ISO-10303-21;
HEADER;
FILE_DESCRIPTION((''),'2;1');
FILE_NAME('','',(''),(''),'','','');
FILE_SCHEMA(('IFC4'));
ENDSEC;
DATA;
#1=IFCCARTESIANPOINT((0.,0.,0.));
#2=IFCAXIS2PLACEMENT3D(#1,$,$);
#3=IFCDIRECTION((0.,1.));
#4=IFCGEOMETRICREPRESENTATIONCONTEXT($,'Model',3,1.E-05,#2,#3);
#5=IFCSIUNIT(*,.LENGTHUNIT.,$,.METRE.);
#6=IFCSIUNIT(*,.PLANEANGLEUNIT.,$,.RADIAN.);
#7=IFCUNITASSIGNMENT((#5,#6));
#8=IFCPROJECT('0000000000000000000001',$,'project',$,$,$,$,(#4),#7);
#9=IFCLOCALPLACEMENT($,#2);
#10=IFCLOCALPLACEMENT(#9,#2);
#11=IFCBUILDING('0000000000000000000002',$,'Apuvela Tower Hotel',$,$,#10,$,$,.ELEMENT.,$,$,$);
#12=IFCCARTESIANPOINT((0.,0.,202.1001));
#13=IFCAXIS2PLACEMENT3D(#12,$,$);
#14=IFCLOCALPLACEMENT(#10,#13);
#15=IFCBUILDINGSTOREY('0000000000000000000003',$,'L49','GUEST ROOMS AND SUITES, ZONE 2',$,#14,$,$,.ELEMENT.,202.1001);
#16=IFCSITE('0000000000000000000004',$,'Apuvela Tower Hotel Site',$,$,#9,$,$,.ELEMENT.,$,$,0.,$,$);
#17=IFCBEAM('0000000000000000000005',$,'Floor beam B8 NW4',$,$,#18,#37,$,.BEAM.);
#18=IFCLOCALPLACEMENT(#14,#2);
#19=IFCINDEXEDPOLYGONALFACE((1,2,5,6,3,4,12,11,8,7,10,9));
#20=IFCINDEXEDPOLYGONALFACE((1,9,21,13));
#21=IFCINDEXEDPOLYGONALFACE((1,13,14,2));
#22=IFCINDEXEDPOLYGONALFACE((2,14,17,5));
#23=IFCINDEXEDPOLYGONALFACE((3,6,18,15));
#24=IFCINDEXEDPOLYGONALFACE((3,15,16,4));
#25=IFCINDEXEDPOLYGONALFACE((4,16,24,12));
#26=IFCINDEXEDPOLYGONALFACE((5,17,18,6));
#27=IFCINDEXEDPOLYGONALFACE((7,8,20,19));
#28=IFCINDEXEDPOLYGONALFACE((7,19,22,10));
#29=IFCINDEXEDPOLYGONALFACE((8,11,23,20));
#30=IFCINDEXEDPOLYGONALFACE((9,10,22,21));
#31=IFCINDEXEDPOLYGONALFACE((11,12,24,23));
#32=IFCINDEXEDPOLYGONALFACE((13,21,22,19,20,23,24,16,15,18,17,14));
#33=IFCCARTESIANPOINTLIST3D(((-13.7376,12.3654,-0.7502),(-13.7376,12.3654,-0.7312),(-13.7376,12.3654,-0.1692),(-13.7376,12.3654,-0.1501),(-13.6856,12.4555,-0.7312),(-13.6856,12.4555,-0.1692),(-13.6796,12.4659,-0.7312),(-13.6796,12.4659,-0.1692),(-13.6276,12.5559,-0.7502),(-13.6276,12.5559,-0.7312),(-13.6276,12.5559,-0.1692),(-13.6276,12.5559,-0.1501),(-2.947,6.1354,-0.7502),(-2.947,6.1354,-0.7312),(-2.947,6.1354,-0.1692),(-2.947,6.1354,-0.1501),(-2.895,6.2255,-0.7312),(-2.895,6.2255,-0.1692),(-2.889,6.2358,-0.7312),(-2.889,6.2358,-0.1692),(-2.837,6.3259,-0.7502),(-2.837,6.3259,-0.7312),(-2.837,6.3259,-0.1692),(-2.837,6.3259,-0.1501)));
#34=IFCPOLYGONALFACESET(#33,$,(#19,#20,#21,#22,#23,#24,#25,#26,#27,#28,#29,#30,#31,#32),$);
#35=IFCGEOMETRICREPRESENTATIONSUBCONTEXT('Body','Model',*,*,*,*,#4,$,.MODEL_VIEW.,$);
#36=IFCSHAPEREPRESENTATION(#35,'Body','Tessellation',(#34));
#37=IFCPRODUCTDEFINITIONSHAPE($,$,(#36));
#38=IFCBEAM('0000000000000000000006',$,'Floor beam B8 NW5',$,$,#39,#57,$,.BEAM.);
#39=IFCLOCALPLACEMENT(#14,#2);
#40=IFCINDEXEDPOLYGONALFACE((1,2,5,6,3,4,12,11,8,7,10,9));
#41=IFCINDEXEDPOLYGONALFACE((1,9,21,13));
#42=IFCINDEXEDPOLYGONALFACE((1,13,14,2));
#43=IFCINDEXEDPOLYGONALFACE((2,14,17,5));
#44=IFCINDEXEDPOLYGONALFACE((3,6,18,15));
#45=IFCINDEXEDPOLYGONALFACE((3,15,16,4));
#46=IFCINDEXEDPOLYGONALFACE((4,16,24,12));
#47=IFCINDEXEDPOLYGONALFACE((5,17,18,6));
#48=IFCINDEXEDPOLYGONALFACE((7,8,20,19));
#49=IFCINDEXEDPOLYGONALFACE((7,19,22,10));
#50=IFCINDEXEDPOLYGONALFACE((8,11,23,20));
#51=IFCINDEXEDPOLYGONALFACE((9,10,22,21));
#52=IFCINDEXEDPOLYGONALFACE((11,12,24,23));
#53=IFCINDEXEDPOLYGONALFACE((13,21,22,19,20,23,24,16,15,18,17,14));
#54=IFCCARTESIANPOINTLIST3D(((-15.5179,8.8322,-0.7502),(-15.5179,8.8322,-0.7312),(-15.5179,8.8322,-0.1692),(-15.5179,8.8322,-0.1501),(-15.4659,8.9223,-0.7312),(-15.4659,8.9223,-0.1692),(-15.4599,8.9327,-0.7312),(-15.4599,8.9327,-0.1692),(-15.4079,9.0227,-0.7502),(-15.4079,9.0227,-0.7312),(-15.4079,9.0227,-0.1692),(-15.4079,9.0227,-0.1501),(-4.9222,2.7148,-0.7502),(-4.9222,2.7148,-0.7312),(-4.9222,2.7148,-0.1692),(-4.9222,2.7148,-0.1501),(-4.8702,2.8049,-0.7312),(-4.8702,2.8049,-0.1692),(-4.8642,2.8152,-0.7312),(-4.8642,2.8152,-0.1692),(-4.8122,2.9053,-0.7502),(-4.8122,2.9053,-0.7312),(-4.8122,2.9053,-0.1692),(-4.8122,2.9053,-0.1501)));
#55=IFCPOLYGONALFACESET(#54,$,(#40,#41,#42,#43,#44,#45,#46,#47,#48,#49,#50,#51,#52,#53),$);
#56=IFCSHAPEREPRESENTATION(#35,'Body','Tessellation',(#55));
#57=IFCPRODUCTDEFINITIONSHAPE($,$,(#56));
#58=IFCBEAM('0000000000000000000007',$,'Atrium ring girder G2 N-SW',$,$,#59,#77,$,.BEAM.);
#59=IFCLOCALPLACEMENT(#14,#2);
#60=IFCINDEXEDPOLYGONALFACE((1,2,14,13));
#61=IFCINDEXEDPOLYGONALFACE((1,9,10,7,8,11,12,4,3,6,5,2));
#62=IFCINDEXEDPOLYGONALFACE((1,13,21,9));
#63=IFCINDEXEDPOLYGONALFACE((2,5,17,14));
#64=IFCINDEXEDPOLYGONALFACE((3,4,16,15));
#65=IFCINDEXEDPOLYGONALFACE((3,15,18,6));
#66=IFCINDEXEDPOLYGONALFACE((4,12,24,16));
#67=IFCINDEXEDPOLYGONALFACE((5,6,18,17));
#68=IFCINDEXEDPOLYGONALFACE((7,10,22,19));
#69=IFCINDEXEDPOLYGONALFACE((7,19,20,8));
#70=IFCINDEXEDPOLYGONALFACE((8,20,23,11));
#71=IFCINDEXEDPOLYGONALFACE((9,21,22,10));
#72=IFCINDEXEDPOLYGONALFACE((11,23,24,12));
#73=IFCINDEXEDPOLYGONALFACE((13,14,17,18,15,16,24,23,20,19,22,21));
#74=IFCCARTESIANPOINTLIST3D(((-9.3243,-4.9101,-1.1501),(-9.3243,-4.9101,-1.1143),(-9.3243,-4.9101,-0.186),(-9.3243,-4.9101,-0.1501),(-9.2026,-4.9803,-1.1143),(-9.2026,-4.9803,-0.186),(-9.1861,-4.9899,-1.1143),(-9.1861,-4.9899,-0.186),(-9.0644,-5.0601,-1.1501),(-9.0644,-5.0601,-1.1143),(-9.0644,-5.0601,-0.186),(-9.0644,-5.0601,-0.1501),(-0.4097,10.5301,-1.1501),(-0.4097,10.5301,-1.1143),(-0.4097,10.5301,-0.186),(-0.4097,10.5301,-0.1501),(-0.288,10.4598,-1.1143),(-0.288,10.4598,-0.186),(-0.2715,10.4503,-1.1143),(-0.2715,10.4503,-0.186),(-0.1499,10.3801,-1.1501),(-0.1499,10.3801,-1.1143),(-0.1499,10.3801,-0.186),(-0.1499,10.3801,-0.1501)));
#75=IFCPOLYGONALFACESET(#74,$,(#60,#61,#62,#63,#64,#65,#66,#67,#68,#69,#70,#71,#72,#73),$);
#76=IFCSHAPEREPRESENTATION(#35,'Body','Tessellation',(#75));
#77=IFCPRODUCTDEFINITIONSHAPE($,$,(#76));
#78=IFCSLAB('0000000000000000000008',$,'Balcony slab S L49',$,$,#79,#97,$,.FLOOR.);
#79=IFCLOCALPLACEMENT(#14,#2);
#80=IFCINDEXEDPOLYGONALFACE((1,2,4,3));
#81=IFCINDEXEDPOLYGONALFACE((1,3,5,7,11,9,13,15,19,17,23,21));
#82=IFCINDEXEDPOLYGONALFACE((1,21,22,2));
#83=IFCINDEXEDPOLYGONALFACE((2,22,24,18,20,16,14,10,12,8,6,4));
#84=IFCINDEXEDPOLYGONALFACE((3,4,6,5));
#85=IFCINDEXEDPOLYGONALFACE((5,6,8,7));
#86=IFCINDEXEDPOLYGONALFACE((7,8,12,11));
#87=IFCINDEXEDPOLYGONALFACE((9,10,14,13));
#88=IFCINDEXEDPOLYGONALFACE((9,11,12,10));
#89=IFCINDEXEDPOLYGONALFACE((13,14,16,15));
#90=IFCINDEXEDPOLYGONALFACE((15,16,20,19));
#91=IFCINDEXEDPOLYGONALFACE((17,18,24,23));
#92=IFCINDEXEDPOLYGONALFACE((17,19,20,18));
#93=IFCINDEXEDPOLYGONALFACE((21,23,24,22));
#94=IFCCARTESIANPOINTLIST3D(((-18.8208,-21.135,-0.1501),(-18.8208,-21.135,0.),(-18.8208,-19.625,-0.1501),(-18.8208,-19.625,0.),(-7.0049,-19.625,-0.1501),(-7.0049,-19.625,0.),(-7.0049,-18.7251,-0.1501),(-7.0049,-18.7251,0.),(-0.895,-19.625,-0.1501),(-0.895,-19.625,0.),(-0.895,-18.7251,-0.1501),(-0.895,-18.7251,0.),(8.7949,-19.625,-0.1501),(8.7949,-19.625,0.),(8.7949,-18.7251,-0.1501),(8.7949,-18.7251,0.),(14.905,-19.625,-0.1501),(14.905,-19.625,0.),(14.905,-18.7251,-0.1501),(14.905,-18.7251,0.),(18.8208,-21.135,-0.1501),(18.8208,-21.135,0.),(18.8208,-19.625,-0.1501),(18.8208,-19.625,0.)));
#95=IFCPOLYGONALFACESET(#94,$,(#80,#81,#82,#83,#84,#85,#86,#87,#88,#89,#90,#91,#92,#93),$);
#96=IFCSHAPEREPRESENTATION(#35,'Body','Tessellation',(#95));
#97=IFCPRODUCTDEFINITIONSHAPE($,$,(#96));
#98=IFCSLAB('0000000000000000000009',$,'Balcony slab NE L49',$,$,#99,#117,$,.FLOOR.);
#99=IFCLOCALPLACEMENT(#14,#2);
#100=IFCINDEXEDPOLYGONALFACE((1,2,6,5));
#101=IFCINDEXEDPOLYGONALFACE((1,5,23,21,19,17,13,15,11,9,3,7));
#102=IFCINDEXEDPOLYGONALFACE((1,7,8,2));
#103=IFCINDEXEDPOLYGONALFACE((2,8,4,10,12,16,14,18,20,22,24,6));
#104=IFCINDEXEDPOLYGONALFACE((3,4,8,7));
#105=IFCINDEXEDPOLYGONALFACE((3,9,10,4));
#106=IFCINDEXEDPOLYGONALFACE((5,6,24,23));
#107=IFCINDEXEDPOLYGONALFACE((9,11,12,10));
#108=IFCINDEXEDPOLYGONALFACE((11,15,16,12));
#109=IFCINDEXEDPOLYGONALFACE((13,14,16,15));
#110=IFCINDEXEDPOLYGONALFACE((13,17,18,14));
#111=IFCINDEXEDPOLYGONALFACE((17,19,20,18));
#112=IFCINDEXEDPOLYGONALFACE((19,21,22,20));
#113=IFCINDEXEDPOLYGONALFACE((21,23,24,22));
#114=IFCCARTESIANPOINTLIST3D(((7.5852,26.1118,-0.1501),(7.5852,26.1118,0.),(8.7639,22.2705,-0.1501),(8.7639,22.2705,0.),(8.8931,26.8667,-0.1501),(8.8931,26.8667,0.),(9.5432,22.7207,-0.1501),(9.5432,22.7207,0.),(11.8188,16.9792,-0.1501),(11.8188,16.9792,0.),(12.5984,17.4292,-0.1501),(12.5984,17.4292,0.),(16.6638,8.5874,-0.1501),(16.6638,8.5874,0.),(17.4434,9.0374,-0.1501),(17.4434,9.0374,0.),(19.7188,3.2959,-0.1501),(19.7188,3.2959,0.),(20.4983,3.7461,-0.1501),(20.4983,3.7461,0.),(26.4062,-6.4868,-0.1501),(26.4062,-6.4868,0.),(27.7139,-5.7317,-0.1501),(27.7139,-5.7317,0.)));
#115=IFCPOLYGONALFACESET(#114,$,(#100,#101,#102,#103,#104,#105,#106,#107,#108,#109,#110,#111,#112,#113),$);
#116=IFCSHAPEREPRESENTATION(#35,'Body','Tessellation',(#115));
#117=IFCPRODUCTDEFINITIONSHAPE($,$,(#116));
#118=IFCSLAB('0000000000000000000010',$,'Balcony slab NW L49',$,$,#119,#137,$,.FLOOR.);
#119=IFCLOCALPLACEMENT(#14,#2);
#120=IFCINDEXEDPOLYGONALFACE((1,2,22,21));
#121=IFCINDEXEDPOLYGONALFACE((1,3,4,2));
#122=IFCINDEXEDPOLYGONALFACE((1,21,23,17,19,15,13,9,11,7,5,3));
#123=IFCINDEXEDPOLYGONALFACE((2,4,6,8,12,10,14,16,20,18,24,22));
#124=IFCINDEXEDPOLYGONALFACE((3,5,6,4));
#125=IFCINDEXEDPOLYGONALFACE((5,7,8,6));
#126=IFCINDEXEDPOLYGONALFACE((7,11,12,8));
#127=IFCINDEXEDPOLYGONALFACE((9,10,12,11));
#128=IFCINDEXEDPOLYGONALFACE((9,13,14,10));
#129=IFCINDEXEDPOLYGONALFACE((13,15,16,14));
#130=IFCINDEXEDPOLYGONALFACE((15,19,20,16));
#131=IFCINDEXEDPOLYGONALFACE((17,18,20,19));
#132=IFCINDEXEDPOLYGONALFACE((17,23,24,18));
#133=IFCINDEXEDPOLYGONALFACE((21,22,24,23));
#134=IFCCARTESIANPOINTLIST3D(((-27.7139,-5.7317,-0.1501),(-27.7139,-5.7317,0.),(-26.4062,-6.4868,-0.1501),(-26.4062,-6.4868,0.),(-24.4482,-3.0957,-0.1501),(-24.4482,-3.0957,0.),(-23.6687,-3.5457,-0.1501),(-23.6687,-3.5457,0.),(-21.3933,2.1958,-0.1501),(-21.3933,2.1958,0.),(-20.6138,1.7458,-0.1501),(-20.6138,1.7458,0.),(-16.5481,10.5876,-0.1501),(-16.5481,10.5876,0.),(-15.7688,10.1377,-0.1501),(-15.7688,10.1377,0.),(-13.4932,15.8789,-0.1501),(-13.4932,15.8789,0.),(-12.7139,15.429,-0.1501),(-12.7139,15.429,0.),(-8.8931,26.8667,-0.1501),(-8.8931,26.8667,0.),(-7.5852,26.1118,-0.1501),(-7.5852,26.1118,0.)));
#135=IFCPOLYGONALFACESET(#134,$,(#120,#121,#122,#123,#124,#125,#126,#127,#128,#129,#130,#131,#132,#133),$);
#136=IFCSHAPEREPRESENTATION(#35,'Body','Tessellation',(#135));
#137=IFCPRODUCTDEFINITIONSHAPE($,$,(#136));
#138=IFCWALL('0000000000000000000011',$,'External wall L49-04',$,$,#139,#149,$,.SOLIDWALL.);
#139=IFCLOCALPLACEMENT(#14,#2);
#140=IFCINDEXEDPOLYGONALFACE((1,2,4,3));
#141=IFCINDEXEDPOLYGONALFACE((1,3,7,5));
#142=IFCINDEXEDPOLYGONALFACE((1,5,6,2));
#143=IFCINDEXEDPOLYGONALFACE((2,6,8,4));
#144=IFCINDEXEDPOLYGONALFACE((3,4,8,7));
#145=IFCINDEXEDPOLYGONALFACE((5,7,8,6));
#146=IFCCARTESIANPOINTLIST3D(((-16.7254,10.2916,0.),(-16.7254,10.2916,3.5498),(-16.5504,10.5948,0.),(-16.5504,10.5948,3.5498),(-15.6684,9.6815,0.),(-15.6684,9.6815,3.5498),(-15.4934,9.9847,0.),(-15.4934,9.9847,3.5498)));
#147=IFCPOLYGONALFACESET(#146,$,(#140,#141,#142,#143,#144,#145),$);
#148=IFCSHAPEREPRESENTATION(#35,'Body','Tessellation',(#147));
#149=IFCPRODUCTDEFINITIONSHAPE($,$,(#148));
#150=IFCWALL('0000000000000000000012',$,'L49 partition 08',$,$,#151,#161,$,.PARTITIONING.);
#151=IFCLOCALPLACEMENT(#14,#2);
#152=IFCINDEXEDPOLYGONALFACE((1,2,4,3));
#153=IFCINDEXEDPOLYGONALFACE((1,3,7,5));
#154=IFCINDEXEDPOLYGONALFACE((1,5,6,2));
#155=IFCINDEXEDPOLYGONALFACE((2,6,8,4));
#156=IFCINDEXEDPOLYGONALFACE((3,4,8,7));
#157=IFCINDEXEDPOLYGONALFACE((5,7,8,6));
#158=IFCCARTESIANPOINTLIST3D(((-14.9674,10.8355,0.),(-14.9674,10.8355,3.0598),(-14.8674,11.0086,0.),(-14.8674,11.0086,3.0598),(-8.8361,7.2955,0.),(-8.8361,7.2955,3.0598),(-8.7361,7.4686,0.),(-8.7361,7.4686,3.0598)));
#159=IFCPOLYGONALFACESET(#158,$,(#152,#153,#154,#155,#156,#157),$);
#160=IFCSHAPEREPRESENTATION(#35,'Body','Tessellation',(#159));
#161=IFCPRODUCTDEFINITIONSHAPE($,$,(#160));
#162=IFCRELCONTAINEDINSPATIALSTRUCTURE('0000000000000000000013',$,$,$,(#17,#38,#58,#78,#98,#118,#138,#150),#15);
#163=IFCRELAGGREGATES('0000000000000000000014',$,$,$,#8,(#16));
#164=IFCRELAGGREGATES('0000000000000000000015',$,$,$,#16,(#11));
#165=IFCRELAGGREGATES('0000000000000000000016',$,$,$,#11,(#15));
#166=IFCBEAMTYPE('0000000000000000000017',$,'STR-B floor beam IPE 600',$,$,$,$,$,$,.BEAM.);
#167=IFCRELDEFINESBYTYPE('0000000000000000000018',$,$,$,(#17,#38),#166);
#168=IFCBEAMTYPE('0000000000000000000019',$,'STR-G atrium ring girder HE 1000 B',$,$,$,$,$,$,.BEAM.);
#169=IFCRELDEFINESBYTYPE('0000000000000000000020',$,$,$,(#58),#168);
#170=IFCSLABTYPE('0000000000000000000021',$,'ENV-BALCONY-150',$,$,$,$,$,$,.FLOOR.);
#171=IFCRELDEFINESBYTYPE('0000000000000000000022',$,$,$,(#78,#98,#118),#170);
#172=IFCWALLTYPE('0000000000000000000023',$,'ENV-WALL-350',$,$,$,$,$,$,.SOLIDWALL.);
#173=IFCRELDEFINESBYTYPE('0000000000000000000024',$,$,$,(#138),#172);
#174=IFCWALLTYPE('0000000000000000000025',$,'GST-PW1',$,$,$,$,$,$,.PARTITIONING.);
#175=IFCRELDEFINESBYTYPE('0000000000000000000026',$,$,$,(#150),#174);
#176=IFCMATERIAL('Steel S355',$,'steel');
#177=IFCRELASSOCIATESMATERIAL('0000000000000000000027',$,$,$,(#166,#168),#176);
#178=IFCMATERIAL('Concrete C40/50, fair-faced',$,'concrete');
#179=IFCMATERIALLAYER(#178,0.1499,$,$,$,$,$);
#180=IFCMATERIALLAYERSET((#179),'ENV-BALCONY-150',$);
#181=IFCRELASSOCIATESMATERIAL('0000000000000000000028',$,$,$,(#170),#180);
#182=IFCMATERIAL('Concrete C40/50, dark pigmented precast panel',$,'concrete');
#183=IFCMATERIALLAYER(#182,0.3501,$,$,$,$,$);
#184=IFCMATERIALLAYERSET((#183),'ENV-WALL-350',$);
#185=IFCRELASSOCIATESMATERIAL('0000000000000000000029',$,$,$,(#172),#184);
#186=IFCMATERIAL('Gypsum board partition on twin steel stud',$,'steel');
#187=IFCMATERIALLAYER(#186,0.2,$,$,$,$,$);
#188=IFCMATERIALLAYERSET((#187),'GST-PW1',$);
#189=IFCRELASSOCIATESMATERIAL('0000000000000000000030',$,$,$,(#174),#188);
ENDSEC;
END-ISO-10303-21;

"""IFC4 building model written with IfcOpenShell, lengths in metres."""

from ifc_helpers import new_model, si_unit, direction, frame, frame_2d, origin, origin_2d, place, context, subcontext, project, spatial, polyline, rectangle, i_section, outline, extrude, material, layer, layer_set, material_profile, profile_set, type_object, element, save


model = new_model("IFC4")

# Units and contexts
model_context = context("Model", 3, precision=1e-05, world=origin(), true_north=direction((0.0, 1.0)))
body_context = subcontext(model_context, "Body", "Model", "MODEL_VIEW")
ifc_project = project(units=[si_unit("LENGTHUNIT", "METRE"), si_unit("PLANEANGLEUNIT", "RADIAN")], contexts=[model_context])

# Site, building, storey
site_placement = place(None, origin())
site = spatial("IfcSite", under=ifc_project, at=site_placement, Name="Apuvela Tower Hotel Site", CompositionType="ELEMENT", RefElevation=0.0)
building_placement = place(site_placement, origin())
building = spatial("IfcBuilding", under=site, at=building_placement, Name="Apuvela Tower Hotel", CompositionType="ELEMENT")
storey_placement = place(building_placement, frame((0.0, 0.0, 202.1001)))
storey = spatial("IfcBuildingStorey", under=building, at=storey_placement, Name="L49", Description="GUEST ROOMS AND SUITES, ZONE 2", CompositionType="ELEMENT", Elevation=202.1001)

# Beams
ifc_material_1 = material(Name="Steel S355", Category="steel")
ifc_material_profile_1 = material_profile(ifc_material_1, i_section(OverallWidth=0.22, OverallDepth=0.6001, WebThickness=0.012, FlangeThickness=0.019, at=origin_2d()), Name="IPE 600")
ifc_profile_set_1 = profile_set([ifc_material_profile_1], Name="Steel S355")
beam_type_1 = type_object("IfcBeamType", Name="STR-B floor beam IPE 600", PredefinedType="BEAM", material=ifc_profile_set_1)
beam_1_placement = place(storey_placement, frame((-13.6826, 12.4607, -0.4502), z_axis=(0.866023, -0.500004, 0.0), x_axis=(0.500004, 0.866023, 0.0)))
element("IfcBeam", 1, at=beam_1_placement, inside=storey, type_object=beam_type_1, Name="Floor beam B8 NW4", PredefinedType="BEAM", context=body_context, shape_type="SweptSolid", body=[
    extrude(i_section(OverallWidth=0.22, OverallDepth=0.6001, WebThickness=0.012, FlangeThickness=0.019, at=origin_2d()), origin(), (0.0, 0.0, 1.0), 12.46),
])
beam_2_placement = place(storey_placement, frame((-15.4629, 8.9275, -0.4502), z_axis=(0.866025, -0.5, 0.0), x_axis=(0.5, 0.866025, 0.0)))
element("IfcBeam", 2, at=beam_2_placement, inside=storey, type_object=beam_type_1, Name="Floor beam B8 NW5", PredefinedType="BEAM", context=body_context, shape_type="SweptSolid", body=[
    extrude(i_section(OverallWidth=0.22, OverallDepth=0.6001, WebThickness=0.012, FlangeThickness=0.019, at=origin_2d()), origin(), (0.0, 0.0, 1.0), 12.2349),
])
ifc_material_profile_2 = material_profile(ifc_material_1, i_section(OverallWidth=0.3, OverallDepth=1.0, WebThickness=0.019, FlangeThickness=0.0359, at=origin_2d()), Name="HE 1000 B")
ifc_profile_set_2 = profile_set([ifc_material_profile_2], Name="Steel S355")
beam_type_2 = type_object("IfcBeamType", Name="STR-G atrium ring girder HE 1000 B", PredefinedType="BEAM", material=ifc_profile_set_2)
beam_3_placement = place(storey_placement, frame((-0.2798, 10.4551, -0.6501), z_axis=(-0.500007, -0.866022, 0.0), x_axis=(0.866022, -0.500007, 0.0)))
element("IfcBeam", 3, at=beam_3_placement, inside=storey, type_object=beam_type_2, Name="Atrium ring girder G2 N-SW", PredefinedType="BEAM", context=body_context, shape_type="SweptSolid", body=[
    extrude(i_section(OverallWidth=0.3, OverallDepth=1.0, WebThickness=0.019, FlangeThickness=0.0359, at=origin_2d()), origin(), (0.0, 0.0, 1.0), 17.8289),
])

# Slabs
ifc_material_2 = material(Name="Concrete C40/50, fair-faced", Category="concrete")
ifc_layer_1 = layer(ifc_material_2, 0.1499)
ifc_layer_set_1 = layer_set([ifc_layer_1], Name="ENV-BALCONY-150")
slab_type = type_object("IfcSlabType", Name="ENV-BALCONY-150", PredefinedType="FLOOR", material=ifc_layer_set_1)
slab_1_placement = place(storey_placement, frame((0.0, 0.0, -0.1501)))
element("IfcSlab", 4, at=slab_1_placement, inside=storey, type_object=slab_type, Name="Balcony slab S L49", PredefinedType="FLOOR", context=body_context, shape_type="SweptSolid", body=[
    extrude(outline(polyline([(18.8208, -21.135), (-18.8208, -21.135), (-18.8208, -19.625), (-7.0049, -19.625), (-7.0049, -18.7251), (-0.895, -18.7251), (-0.895, -19.625), (8.7949, -19.625), (8.7949, -18.7251), (14.905, -18.7251), (14.905, -19.625), (18.8208, -19.625), (18.8208, -21.135)])), origin(), (0.0, 0.0, 1.0), 0.1501),
])
slab_2_placement = place(storey_placement, frame((0.0, 0.0, -0.1501)))
element("IfcSlab", 5, at=slab_2_placement, inside=storey, type_object=slab_type, Name="Balcony slab NE L49", PredefinedType="FLOOR", context=body_context, shape_type="SweptSolid", body=[
    extrude(outline(polyline([(17.4434, 9.0374), (12.5984, 17.4292), (11.8188, 16.9792), (8.7639, 22.2705), (9.5432, 22.7207), (7.5852, 26.1118), (8.8931, 26.8667), (27.7139, -5.7317), (26.4062, -6.4868), (20.4983, 3.7461), (19.7188, 3.2959), (16.6638, 8.5874), (17.4434, 9.0374)])), origin(), (0.0, 0.0, 1.0), 0.1501),
])
slab_3_placement = place(storey_placement, frame((0.0, 0.0, -0.1501)))
element("IfcSlab", 6, at=slab_3_placement, inside=storey, type_object=slab_type, Name="Balcony slab NW L49", PredefinedType="FLOOR", context=body_context, shape_type="SweptSolid", body=[
    extrude(outline(polyline([(-27.7139, -5.7317), (-8.8931, 26.8667), (-7.5852, 26.1118), (-13.4932, 15.8789), (-12.7139, 15.429), (-15.7688, 10.1377), (-16.5481, 10.5876), (-21.3933, 2.1958), (-20.6138, 1.7458), (-23.6687, -3.5457), (-24.4482, -3.0957), (-26.4062, -6.4868), (-27.7139, -5.7317)])), origin(), (0.0, 0.0, 1.0), 0.1501),
])

# Walls
ifc_material_3 = material(Name="Concrete C40/50, dark pigmented precast panel", Category="concrete")
ifc_layer_2 = layer(ifc_material_3, 0.3501)
ifc_layer_set_2 = layer_set([ifc_layer_2], Name="ENV-WALL-350")
wall_type_1 = type_object("IfcWallType", Name="ENV-WALL-350", PredefinedType="SOLIDWALL", material=ifc_layer_set_2)
wall_1_placement = place(storey_placement, frame((-15.5808, 9.833, 0.0), z_axis=(0.0, 0.0, 1.0), x_axis=(-0.866056, 0.499948, 0.0)))
element("IfcWall", 7, at=wall_1_placement, inside=storey, type_object=wall_type_1, Name="External wall L49-04", PredefinedType="SOLIDWALL", context=body_context, shape_type="SweptSolid", body=[
    extrude(rectangle(XDim=1.2205, YDim=0.3501, at=frame_2d((0.6104, 0.0))), origin(), (0.0, 0.0, 1.0), 3.5498),
])
ifc_material_4 = material(Name="Gypsum board partition on twin steel stud", Category="steel")
ifc_layer_3 = layer(ifc_material_4, 0.2)
ifc_layer_set_3 = layer_set([ifc_layer_3], Name="GST-PW1")
wall_type_2 = type_object("IfcWallType", Name="GST-PW1", PredefinedType="PARTITIONING", material=ifc_layer_set_3)
wall_2_placement = place(storey_placement, frame((-14.9175, 10.9221, 0.0), z_axis=(0.0, 0.0, 1.0), x_axis=(0.866019, -0.500011, 0.0)))
element("IfcWall", 8, at=wall_2_placement, inside=storey, type_object=wall_type_2, Name="L49 partition 08", PredefinedType="PARTITIONING", context=body_context, shape_type="SweptSolid", body=[
    extrude(rectangle(XDim=7.0798, YDim=0.2, at=frame_2d((3.54, 0.0))), origin(), (0.0, 0.0, 1.0), 3.0598),
])

save(model, "model.ifc")
